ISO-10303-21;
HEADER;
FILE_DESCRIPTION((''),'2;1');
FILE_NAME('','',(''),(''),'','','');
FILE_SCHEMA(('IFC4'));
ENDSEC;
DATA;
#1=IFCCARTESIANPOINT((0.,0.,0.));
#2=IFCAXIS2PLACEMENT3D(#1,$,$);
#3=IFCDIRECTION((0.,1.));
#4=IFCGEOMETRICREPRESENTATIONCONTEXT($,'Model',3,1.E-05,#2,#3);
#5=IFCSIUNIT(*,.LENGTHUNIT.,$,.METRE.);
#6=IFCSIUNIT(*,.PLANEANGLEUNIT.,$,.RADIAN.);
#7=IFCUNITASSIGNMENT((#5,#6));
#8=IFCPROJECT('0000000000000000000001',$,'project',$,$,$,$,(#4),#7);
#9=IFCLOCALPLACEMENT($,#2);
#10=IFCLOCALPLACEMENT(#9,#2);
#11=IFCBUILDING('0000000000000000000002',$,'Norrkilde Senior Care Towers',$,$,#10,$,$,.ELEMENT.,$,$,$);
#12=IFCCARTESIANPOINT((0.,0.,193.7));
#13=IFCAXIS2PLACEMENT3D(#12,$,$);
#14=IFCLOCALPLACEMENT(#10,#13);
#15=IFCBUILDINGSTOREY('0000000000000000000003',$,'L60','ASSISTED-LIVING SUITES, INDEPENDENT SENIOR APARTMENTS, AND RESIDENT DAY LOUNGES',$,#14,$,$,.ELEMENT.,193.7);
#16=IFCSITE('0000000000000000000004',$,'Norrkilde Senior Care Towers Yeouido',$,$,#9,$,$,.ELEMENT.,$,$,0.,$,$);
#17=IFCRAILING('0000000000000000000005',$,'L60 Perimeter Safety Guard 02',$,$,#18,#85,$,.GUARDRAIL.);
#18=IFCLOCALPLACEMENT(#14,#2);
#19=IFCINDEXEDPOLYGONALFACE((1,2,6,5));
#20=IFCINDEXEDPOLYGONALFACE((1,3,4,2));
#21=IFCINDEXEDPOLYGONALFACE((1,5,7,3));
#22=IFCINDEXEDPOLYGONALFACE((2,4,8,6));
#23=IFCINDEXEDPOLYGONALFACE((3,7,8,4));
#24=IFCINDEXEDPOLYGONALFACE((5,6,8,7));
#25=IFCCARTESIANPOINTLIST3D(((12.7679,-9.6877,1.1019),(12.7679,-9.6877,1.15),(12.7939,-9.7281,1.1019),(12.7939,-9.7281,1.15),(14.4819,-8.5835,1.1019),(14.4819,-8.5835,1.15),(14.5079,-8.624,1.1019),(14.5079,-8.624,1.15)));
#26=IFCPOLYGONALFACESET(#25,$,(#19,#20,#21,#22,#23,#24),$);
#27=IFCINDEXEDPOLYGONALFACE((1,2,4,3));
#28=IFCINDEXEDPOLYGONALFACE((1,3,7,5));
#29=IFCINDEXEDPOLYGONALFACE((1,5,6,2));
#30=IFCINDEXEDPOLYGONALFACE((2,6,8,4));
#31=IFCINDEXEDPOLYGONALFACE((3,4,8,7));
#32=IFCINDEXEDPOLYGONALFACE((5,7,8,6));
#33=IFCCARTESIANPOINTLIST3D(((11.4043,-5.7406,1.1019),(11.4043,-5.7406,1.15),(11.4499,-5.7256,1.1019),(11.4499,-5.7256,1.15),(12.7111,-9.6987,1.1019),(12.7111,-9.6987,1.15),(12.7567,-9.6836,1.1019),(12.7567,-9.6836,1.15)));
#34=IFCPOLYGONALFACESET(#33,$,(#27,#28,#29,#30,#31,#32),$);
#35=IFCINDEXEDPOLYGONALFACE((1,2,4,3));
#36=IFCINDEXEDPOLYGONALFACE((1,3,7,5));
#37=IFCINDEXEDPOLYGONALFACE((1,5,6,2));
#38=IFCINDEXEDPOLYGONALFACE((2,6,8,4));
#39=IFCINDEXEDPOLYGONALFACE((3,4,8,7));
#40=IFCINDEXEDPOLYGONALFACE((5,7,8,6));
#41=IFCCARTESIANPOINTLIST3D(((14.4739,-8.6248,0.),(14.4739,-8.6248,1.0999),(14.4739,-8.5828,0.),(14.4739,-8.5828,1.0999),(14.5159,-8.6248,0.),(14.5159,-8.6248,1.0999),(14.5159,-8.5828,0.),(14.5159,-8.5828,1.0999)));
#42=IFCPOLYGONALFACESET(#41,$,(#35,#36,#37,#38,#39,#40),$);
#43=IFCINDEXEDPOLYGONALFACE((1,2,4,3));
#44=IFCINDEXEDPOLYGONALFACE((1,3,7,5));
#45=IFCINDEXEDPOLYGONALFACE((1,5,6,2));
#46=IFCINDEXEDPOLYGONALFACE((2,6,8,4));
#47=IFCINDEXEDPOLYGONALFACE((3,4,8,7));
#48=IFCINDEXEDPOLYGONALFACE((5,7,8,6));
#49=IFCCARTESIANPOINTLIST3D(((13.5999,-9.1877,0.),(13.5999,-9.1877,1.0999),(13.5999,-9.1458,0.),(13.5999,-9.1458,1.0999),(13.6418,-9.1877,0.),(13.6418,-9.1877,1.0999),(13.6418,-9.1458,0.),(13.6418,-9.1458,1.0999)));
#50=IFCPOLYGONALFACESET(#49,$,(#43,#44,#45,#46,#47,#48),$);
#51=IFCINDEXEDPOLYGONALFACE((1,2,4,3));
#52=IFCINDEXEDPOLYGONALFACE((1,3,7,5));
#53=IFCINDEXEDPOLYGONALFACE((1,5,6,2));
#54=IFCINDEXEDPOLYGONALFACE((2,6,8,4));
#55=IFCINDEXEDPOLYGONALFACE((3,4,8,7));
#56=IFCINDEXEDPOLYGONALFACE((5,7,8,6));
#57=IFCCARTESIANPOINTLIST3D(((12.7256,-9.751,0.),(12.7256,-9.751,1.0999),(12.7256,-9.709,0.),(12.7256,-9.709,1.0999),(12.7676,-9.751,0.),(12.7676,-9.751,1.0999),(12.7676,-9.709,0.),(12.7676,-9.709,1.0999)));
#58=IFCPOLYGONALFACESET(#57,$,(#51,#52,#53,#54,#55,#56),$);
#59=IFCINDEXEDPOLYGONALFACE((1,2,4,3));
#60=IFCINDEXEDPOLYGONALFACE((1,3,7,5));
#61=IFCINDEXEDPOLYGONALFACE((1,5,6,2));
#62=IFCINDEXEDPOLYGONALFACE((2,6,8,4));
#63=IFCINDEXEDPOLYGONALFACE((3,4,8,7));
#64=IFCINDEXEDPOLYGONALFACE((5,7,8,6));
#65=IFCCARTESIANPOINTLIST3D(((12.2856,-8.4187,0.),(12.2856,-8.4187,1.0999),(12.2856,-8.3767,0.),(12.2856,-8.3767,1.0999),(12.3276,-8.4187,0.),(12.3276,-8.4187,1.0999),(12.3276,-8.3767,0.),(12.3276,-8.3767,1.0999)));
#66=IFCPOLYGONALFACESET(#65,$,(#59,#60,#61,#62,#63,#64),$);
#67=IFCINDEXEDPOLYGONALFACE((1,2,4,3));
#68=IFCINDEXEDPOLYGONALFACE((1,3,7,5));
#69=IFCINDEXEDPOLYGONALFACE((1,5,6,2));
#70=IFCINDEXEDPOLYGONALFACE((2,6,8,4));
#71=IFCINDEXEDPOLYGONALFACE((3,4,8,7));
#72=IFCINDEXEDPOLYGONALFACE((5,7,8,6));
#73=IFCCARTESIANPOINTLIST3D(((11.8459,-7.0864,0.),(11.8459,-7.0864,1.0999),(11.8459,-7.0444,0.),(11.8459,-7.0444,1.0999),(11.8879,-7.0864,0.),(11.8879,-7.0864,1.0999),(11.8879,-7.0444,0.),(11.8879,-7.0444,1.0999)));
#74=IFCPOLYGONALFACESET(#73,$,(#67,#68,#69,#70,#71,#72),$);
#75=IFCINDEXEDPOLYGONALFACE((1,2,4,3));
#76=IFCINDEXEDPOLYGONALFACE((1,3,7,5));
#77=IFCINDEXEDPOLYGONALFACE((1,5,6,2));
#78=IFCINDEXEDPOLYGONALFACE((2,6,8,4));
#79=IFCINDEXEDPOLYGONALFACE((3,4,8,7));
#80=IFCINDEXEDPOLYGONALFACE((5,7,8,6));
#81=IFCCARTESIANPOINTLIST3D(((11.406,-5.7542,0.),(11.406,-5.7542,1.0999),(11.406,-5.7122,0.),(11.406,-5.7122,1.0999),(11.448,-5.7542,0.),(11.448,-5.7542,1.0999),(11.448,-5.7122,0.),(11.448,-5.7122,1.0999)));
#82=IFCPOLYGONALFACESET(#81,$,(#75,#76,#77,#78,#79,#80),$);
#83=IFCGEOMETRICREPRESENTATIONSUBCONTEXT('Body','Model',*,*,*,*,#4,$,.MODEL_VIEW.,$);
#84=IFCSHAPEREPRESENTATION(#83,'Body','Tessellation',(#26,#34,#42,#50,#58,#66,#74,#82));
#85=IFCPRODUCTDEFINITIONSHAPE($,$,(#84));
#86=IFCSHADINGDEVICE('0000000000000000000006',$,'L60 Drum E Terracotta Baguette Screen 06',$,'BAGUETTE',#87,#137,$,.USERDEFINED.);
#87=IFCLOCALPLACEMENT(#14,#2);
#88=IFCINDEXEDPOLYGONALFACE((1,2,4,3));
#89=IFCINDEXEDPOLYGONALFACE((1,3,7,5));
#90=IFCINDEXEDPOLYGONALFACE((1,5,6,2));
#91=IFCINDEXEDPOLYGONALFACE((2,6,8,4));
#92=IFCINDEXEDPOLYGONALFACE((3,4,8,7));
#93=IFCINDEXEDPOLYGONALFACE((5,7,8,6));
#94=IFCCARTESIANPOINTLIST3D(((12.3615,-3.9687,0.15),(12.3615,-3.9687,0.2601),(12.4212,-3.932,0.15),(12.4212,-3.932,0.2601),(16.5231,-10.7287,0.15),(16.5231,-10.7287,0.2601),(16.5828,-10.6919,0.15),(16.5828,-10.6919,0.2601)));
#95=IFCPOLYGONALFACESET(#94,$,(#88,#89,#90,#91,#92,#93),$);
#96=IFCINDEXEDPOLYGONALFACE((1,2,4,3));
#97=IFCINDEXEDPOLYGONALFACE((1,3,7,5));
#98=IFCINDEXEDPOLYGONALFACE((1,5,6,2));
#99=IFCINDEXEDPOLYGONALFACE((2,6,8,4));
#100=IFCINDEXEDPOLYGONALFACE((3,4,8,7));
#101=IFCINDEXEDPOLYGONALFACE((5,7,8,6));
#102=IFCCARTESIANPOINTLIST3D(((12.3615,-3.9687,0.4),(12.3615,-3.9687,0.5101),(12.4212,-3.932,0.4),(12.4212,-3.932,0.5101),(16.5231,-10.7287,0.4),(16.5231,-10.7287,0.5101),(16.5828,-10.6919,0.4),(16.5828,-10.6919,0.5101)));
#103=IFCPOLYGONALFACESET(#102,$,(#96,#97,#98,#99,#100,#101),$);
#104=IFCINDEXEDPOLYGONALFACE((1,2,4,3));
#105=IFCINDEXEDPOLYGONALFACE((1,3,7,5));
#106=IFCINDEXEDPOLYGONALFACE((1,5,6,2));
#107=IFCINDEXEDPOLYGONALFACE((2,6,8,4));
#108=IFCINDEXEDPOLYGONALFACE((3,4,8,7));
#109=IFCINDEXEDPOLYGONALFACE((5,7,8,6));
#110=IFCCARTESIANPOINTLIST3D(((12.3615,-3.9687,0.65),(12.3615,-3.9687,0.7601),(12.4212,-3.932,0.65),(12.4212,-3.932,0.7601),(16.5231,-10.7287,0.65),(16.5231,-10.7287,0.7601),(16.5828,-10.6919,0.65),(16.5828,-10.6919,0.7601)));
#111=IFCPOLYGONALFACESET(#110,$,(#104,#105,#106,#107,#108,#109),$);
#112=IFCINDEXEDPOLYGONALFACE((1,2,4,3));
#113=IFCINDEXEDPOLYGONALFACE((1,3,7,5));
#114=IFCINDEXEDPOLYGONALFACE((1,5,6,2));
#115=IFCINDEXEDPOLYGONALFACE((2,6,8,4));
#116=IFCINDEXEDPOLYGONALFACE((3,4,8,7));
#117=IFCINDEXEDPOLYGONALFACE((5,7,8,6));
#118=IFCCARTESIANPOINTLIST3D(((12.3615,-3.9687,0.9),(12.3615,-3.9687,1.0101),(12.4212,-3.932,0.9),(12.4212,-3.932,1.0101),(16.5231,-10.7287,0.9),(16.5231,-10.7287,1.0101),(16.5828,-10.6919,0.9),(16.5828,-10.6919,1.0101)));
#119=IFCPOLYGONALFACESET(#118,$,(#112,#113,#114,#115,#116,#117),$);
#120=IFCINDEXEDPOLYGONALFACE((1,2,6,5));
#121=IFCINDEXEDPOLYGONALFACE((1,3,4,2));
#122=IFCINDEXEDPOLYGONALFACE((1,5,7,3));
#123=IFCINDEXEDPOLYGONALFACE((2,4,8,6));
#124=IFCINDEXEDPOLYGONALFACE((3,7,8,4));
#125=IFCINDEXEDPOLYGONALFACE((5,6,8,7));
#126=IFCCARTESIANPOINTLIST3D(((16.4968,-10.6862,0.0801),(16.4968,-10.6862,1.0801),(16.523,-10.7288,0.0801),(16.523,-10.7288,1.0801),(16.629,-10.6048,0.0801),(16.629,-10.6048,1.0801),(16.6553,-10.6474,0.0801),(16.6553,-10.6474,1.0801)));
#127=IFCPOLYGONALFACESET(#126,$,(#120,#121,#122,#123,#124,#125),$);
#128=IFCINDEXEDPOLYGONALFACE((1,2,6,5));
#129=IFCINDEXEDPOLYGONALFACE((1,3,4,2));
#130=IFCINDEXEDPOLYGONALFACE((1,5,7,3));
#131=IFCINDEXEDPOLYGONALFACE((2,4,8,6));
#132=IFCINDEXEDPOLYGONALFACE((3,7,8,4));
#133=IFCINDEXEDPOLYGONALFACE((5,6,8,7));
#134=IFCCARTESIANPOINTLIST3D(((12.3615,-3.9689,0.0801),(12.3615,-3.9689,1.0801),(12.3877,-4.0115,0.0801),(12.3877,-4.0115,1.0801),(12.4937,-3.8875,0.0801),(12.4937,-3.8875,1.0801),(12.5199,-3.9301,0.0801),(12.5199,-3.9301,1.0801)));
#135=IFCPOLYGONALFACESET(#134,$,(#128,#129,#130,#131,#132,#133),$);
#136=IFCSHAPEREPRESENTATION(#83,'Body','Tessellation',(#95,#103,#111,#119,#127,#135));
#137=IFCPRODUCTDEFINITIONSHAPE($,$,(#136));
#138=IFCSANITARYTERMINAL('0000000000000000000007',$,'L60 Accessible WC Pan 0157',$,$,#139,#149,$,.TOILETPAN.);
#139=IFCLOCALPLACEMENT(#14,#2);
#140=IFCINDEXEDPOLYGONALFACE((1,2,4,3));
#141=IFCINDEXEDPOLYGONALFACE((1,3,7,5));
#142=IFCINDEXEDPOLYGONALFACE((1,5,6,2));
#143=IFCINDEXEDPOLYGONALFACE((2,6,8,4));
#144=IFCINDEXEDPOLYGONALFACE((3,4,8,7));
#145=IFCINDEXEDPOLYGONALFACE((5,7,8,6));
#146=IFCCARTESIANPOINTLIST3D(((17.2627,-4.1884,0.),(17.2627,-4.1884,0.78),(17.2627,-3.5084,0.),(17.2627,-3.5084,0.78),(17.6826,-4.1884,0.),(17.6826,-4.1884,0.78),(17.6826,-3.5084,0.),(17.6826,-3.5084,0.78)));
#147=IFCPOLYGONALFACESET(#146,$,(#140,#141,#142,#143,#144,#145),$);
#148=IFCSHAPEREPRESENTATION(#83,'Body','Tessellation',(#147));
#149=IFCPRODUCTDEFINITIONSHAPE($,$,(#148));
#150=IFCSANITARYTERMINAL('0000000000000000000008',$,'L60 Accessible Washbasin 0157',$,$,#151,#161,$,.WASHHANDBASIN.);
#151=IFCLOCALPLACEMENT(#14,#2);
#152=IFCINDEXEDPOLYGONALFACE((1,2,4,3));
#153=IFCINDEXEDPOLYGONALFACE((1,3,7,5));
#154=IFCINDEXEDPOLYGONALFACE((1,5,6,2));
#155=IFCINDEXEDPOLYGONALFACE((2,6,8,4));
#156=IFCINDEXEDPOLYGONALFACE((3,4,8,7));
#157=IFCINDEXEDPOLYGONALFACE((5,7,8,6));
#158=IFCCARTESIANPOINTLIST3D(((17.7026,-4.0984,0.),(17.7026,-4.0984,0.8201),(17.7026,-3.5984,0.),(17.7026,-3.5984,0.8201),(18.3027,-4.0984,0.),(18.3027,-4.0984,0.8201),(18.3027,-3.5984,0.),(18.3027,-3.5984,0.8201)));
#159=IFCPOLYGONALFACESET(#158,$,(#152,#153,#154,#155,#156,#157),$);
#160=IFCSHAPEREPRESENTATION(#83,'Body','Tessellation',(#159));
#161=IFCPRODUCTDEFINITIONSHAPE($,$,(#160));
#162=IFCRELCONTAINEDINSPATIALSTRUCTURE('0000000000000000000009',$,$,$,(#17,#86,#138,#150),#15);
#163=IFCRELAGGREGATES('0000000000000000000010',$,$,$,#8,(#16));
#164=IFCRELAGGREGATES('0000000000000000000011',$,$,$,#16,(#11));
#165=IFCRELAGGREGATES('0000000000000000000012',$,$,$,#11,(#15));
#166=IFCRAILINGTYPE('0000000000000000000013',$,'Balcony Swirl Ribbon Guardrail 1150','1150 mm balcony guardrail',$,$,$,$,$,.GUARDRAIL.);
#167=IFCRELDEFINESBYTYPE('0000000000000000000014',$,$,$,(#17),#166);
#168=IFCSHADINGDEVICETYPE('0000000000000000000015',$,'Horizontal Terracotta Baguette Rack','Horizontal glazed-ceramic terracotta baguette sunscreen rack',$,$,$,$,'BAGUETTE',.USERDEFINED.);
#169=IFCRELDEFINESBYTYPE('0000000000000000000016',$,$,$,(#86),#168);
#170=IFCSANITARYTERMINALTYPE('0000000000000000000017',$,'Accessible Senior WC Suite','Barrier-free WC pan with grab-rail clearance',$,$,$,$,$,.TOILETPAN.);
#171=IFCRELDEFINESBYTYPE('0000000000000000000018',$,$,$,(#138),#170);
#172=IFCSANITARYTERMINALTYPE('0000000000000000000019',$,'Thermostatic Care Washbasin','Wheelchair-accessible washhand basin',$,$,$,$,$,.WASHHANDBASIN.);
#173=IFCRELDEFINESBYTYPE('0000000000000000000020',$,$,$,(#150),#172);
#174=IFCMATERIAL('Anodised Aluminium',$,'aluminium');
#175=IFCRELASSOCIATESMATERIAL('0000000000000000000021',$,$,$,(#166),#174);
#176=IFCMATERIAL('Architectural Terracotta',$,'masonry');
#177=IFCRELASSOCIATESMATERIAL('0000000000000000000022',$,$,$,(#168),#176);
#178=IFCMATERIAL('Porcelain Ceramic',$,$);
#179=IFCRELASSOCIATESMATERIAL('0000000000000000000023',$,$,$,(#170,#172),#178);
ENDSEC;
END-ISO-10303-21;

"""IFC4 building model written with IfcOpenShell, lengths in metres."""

from ifc_helpers import new_model, si_unit, direction, frame, origin, origin_2d, place, context, subcontext, project, spatial, rectangle, extrude, source, transform, mapped, material, type_object, type_shapes, element, save


model = new_model("IFC4")

# Units and contexts
model_context = context("Model", 3, precision=1e-05, world=origin(), true_north=direction((0.0, 1.0)))
body_context = subcontext(model_context, "Body", "Model", "MODEL_VIEW")
ifc_project = project(units=[si_unit("LENGTHUNIT", "METRE"), si_unit("PLANEANGLEUNIT", "RADIAN")], contexts=[model_context])

# Site, building, storey
site_placement = place(None, origin())
site = spatial("IfcSite", under=ifc_project, at=site_placement, Name="Norrkilde Senior Care Towers Yeouido", CompositionType="ELEMENT", RefElevation=0.0)
building_placement = place(site_placement, origin())
building = spatial("IfcBuilding", under=site, at=building_placement, Name="Norrkilde Senior Care Towers", CompositionType="ELEMENT")
storey_placement = place(building_placement, frame((0.0, 0.0, 193.7)))
storey = spatial("IfcBuildingStorey", under=building, at=storey_placement, Name="L60", Description="ASSISTED-LIVING SUITES, INDEPENDENT SENIOR APARTMENTS, AND RESIDENT DAY LOUNGES", CompositionType="ELEMENT", Elevation=193.7)

# Shared definitions
ifc_material_1 = material(Name="Anodised Aluminium", Category="aluminium")

# Railing
railing_type = type_object("IfcRailingType", Name="Balcony Swirl Ribbon Guardrail 1150", Description="1150 mm balcony guardrail", PredefinedType="GUARDRAIL", material=ifc_material_1)
railing_1_placement = place(storey_placement, frame((14.4949, -8.6038, 0.0)))
element("IfcRailing", 1, at=railing_1_placement, inside=storey, type_object=railing_type, Name="L60 Perimeter Safety Guard 02", PredefinedType="GUARDRAIL", context=body_context, shape_type="SweptSolid", body=[
    extrude(rectangle(XDim=0.0481, YDim=0.0481, at=origin_2d()), frame((0.0, 0.0, 1.126), z_axis=(-0.840671, -0.541546, 0.0), x_axis=(0.541546, -0.840671, 0.0)), (0.0, 0.0, 1.0), 2.0388),
    extrude(rectangle(XDim=0.0481, YDim=0.0481, at=origin_2d()), frame((-1.761, -1.0874, 1.126), z_axis=(-0.313512, 0.949584, 0.0), x_axis=(-0.949584, -0.313512, 0.0)), (0.0, 0.0, 1.0), 4.1682),
    extrude(rectangle(XDim=0.042, YDim=0.042, at=origin_2d()), origin(), (0.0, 0.0, 1.0), 1.0999),
    extrude(rectangle(XDim=0.042, YDim=0.042, at=origin_2d()), frame((-0.874, -0.563, 0.0)), (0.0, 0.0, 1.0), 1.0999),
    extrude(rectangle(XDim=0.042, YDim=0.042, at=origin_2d()), frame((-1.7483, -1.1262, 0.0)), (0.0, 0.0, 1.0), 1.0999),
    extrude(rectangle(XDim=0.042, YDim=0.042, at=origin_2d()), frame((-2.1882, 0.2061, 0.0)), (0.0, 0.0, 1.0), 1.0999),
    extrude(rectangle(XDim=0.042, YDim=0.042, at=origin_2d()), frame((-2.6279, 1.5383, 0.0)), (0.0, 0.0, 1.0), 1.0999),
    extrude(rectangle(XDim=0.042, YDim=0.042, at=origin_2d()), frame((-3.0679, 2.8706, 0.0)), (0.0, 0.0, 1.0), 1.0999),
])

# Shading device
ifc_material_2 = material(Name="Architectural Terracotta", Category="masonry")
shading_device_type = type_object("IfcShadingDeviceType", Name="Horizontal Terracotta Baguette Rack", Description="Horizontal glazed-ceramic terracotta baguette sunscreen rack", ElementType="BAGUETTE", PredefinedType="USERDEFINED", material=ifc_material_2)
shared_shape_1 = source(origin(), body_context, "Body", "SweptSolid", [
    extrude(rectangle(XDim=0.0701, YDim=0.1101, at=origin_2d()), frame((0.0, 0.0901, 0.125), z_axis=(1.0, 0.0, 0.0), x_axis=(0.0, 1.0, 0.0)), (0.0, 0.0, 1.0), 7.9382),
    extrude(rectangle(XDim=0.0701, YDim=0.1101, at=origin_2d()), frame((0.0, 0.0901, 0.375), z_axis=(1.0, 0.0, 0.0), x_axis=(0.0, 1.0, 0.0)), (0.0, 0.0, 1.0), 7.9382),
    extrude(rectangle(XDim=0.0701, YDim=0.1101, at=origin_2d()), frame((0.0, 0.0901, 0.625), z_axis=(1.0, 0.0, 0.0), x_axis=(0.0, 1.0, 0.0)), (0.0, 0.0, 1.0), 7.9382),
    extrude(rectangle(XDim=0.0701, YDim=0.1101, at=origin_2d()), frame((0.0, 0.0901, 0.875), z_axis=(1.0, 0.0, 0.0), x_axis=(0.0, 1.0, 0.0)), (0.0, 0.0, 1.0), 7.9382),
    extrude(rectangle(XDim=0.05, YDim=0.1553, at=origin_2d()), frame((0.0249, 0.0476, 0.0)), (0.0, 0.0, 1.0), 1.0),
    extrude(rectangle(XDim=0.05, YDim=0.1553, at=origin_2d()), frame((7.9131, 0.0476, 0.0)), (0.0, 0.0, 1.0), 1.0),
])
type_shapes(shading_device_type, [shared_shape_1])
shading_device_placement = place(storey_placement, frame((16.6296, -10.6631, 0.0801), z_axis=(0.0, 0.0, 1.0), x_axis=(-0.52425, 0.851576, 0.0)))
element("IfcShadingDevice", 2, at=shading_device_placement, inside=storey, type_object=shading_device_type, Name="L60 Drum E Terracotta Baguette Screen 06", ObjectType="BAGUETTE", PredefinedType="USERDEFINED", context=body_context, shape_type="MappedRepresentation", body=[
    mapped(shared_shape_1, transform((0.0, 0.0, 0.0), x_axis=(1.0, 0.0, 0.0), y_axis=(0.0, 1.0, 0.0), z_axis=(0.0, 0.0, 1.0), scale=1.0)),
])

# Sanitary terminals
ifc_material_3 = material(Name="Porcelain Ceramic")
sanitary_terminal_type_1 = type_object("IfcSanitaryTerminalType", Name="Accessible Senior WC Suite", Description="Barrier-free WC pan with grab-rail clearance", PredefinedType="TOILETPAN", material=ifc_material_3)
shared_shape_2 = source(origin(), body_context, "Body", "SweptSolid", [
    extrude(rectangle(XDim=0.4199, YDim=0.6799, at=origin_2d()), origin(), (0.0, 0.0, 1.0), 0.78),
])
type_shapes(sanitary_terminal_type_1, [shared_shape_2])
sanitary_terminal_1_placement = place(storey_placement, frame((17.4727, -3.8484, 0.0), z_axis=(0.0, 0.0, 1.0), x_axis=(1.0, 0.0, 0.0)))
element("IfcSanitaryTerminal", 3, at=sanitary_terminal_1_placement, inside=storey, type_object=sanitary_terminal_type_1, Name="L60 Accessible WC Pan 0157", PredefinedType="TOILETPAN", context=body_context, shape_type="MappedRepresentation", body=[
    mapped(shared_shape_2, transform((0.0, 0.0, 0.0), x_axis=(1.0, 0.0, 0.0), y_axis=(0.0, 1.0, 0.0), z_axis=(0.0, 0.0, 1.0), scale=1.0)),
])
sanitary_terminal_type_2 = type_object("IfcSanitaryTerminalType", Name="Thermostatic Care Washbasin", Description="Wheelchair-accessible washhand basin", PredefinedType="WASHHANDBASIN", material=ifc_material_3)
shared_shape_3 = source(origin(), body_context, "Body", "SweptSolid", [
    extrude(rectangle(XDim=0.6001, YDim=0.5, at=origin_2d()), origin(), (0.0, 0.0, 1.0), 0.8201),
])
type_shapes(sanitary_terminal_type_2, [shared_shape_3])
sanitary_terminal_2_placement = place(storey_placement, frame((18.0027, -3.8484, 0.0), z_axis=(0.0, 0.0, 1.0), x_axis=(1.0, 0.0, 0.0)))
element("IfcSanitaryTerminal", 4, at=sanitary_terminal_2_placement, inside=storey, type_object=sanitary_terminal_type_2, Name="L60 Accessible Washbasin 0157", PredefinedType="WASHHANDBASIN", context=body_context, shape_type="MappedRepresentation", body=[
    mapped(shared_shape_3, transform((0.0, 0.0, 0.0), x_axis=(1.0, 0.0, 0.0), y_axis=(0.0, 1.0, 0.0), z_axis=(0.0, 0.0, 1.0), scale=1.0)),
])

save(model, "model.ifc")
